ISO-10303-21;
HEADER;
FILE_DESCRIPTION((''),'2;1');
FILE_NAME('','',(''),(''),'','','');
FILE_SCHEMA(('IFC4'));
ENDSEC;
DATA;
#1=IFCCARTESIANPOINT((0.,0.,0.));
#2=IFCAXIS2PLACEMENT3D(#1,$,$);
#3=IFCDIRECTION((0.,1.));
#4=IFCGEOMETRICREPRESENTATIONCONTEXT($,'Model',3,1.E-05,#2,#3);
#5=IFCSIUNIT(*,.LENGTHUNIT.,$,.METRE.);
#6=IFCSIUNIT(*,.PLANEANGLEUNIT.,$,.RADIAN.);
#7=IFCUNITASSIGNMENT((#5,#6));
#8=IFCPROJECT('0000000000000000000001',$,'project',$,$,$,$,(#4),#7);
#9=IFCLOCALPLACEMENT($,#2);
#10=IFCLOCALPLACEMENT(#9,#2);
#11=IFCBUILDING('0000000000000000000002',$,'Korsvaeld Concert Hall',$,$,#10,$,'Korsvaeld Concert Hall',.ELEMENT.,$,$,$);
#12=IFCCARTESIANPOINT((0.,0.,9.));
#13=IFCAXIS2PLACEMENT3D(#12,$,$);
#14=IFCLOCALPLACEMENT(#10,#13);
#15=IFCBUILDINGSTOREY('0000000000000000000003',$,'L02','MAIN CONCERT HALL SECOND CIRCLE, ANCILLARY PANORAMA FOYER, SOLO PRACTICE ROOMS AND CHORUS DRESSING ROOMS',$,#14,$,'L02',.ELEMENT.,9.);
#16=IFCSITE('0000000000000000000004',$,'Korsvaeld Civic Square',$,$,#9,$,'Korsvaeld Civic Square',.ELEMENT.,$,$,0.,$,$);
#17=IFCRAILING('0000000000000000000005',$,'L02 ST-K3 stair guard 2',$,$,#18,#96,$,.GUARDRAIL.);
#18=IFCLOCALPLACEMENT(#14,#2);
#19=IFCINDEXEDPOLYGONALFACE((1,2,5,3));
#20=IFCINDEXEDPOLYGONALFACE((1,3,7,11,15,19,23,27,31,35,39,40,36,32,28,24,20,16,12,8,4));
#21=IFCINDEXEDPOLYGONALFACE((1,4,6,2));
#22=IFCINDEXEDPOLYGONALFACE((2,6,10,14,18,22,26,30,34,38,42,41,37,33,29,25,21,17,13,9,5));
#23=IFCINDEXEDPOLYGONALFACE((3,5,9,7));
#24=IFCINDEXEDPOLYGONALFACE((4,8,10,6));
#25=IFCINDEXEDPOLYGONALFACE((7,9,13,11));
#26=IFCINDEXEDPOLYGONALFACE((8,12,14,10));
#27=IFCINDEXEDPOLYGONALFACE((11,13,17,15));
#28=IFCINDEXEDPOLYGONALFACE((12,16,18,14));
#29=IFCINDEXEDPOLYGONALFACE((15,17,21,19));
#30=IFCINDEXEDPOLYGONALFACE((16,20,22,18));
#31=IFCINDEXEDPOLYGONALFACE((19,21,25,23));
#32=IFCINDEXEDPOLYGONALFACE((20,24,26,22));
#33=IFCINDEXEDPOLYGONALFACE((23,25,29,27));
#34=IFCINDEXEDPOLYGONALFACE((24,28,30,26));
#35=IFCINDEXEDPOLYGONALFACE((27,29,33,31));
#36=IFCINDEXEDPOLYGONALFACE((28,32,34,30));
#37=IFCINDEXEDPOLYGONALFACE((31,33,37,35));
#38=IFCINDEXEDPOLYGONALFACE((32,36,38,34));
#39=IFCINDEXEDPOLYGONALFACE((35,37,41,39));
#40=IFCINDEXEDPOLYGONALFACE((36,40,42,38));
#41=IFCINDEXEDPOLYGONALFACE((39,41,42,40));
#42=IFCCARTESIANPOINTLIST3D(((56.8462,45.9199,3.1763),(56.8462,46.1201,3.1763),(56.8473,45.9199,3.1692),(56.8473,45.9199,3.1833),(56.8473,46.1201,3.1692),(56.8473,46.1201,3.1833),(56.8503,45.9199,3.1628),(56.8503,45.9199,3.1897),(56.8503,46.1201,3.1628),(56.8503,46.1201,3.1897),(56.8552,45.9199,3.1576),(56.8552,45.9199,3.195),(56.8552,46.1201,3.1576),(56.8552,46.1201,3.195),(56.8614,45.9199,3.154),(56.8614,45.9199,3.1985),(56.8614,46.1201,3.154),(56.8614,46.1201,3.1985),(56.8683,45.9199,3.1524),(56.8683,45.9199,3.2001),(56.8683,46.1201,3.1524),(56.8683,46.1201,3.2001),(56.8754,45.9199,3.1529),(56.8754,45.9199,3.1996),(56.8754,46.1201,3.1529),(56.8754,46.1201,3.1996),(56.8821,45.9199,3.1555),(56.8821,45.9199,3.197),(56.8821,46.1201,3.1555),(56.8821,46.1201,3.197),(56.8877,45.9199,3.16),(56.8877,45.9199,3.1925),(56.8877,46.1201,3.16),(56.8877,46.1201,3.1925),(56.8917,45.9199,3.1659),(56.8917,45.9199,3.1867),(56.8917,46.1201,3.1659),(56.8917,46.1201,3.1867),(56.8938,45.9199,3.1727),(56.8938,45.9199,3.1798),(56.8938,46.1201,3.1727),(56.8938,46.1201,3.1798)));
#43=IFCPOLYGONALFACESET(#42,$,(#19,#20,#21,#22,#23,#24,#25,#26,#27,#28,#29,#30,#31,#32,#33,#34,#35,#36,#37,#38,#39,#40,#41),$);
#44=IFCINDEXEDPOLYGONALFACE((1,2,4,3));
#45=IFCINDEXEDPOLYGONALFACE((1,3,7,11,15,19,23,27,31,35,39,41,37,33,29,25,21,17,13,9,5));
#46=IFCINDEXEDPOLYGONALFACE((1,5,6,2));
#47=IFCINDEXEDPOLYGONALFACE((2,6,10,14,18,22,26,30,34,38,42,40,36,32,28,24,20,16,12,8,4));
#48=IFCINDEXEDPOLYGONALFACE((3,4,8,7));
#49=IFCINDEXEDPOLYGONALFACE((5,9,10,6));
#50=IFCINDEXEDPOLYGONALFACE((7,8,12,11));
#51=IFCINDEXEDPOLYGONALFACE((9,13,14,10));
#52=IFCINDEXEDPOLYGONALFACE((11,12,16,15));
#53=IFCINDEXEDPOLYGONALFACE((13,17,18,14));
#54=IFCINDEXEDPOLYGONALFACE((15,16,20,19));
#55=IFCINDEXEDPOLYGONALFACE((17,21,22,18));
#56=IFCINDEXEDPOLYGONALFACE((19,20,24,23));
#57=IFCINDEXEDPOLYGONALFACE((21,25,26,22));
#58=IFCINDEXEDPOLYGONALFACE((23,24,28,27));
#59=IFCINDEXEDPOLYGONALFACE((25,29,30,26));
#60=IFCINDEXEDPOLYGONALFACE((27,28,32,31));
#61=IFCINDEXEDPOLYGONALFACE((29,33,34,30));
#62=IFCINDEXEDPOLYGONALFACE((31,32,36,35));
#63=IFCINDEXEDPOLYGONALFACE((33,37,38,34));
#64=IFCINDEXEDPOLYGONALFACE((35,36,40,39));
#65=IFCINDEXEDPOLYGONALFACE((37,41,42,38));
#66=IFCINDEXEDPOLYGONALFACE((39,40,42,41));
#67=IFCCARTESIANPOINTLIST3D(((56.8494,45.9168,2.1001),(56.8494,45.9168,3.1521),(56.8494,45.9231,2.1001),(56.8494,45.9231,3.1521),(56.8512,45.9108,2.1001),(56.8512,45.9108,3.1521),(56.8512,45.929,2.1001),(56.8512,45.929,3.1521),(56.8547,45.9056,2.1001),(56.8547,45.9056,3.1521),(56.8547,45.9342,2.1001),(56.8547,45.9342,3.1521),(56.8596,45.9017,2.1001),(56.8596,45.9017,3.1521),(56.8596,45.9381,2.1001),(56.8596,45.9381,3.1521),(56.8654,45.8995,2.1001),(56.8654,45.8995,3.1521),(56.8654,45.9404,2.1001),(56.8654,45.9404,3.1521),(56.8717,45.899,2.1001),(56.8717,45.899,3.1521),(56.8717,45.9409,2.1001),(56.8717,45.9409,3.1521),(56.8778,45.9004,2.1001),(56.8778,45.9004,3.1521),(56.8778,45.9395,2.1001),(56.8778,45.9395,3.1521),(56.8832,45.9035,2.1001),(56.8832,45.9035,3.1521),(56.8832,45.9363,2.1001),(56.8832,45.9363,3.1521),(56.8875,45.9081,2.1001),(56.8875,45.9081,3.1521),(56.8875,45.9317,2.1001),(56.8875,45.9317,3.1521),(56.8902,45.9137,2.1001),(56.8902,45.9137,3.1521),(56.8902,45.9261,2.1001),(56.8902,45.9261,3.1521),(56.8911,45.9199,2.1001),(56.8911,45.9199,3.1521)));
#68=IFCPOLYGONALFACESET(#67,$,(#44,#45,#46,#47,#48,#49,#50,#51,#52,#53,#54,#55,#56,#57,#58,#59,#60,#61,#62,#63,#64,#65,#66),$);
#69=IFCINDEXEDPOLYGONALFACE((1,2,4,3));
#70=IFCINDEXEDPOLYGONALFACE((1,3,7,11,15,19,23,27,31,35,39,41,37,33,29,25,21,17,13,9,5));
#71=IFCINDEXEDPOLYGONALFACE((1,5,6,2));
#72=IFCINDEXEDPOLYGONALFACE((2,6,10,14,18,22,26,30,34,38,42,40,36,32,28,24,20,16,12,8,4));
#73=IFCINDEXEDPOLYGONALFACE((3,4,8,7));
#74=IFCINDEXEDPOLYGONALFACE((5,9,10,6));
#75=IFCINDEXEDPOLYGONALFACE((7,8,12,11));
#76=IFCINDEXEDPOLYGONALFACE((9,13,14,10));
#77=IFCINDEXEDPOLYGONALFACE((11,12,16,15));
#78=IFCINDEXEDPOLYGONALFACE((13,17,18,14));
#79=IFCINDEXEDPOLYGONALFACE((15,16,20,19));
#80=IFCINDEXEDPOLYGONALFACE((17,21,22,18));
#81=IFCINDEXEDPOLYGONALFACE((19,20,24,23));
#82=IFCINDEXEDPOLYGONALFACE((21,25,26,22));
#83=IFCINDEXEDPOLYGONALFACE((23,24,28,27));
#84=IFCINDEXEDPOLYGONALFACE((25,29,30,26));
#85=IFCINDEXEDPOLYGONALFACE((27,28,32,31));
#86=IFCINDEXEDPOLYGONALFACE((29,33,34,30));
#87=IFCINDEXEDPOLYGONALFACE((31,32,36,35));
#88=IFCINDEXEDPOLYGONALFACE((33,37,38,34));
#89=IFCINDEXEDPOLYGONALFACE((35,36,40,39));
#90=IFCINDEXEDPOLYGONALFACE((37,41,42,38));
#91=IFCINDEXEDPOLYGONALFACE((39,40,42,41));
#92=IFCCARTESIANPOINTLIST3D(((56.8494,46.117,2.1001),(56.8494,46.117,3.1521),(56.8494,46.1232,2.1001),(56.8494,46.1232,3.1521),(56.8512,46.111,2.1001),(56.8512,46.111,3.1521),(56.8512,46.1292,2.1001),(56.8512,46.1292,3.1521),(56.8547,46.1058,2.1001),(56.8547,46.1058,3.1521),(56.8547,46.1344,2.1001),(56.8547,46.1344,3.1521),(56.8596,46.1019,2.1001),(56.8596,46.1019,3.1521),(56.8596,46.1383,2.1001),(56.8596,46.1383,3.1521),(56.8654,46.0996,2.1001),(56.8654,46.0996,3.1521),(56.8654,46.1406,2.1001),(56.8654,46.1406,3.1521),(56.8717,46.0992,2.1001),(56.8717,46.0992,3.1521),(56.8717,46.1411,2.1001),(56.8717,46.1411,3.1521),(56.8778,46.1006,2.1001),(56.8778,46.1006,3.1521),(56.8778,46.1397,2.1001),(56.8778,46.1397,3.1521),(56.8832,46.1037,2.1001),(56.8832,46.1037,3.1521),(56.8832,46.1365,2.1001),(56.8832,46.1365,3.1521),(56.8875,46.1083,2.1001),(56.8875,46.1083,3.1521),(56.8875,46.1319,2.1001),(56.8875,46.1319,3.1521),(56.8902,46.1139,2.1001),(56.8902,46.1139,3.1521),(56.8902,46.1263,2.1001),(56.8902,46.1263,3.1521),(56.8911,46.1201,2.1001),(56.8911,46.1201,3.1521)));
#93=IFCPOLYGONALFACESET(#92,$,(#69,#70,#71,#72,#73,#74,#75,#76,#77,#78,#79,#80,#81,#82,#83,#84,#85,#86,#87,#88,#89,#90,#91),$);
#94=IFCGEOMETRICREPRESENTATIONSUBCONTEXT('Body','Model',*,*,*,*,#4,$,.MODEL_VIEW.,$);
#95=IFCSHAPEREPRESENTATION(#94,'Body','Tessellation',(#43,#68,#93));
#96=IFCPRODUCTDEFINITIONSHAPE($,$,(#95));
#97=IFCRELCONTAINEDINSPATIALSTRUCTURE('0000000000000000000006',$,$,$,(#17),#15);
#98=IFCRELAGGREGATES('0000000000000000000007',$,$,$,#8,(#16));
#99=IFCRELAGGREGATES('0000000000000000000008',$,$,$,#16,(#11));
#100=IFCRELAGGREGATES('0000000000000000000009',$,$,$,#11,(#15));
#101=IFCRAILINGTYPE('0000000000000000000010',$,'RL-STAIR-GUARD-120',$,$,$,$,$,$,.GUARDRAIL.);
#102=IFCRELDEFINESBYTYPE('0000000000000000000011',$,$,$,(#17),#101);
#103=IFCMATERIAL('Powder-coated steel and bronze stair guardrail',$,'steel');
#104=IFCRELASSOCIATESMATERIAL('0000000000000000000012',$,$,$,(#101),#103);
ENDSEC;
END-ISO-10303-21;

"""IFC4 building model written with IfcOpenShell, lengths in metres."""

from ifc_helpers import new_model, si_unit, direction, frame, origin, origin_2d, place, context, subcontext, project, spatial, circle, extrude, material, type_object, element, save


model = new_model("IFC4")

# Units and contexts
model_context = context("Model", 3, precision=1e-05, world=origin(), true_north=direction((0.0, 1.0)))
body_context = subcontext(model_context, "Body", "Model", "MODEL_VIEW")
ifc_project = project(units=[si_unit("LENGTHUNIT", "METRE"), si_unit("PLANEANGLEUNIT", "RADIAN")], contexts=[model_context])

# Site, building, storey
site_placement = place(None, origin())
site = spatial("IfcSite", under=ifc_project, at=site_placement, Name="Korsvaeld Civic Square", LongName="Korsvaeld Civic Square", CompositionType="ELEMENT", RefElevation=0.0)
building_placement = place(site_placement, origin())
building = spatial("IfcBuilding", under=site, at=building_placement, Name="Korsvaeld Concert Hall", LongName="Korsvaeld Concert Hall", CompositionType="ELEMENT")
storey_placement = place(building_placement, frame((0.0, 0.0, 9.0)))
storey = spatial("IfcBuildingStorey", under=building, at=storey_placement, Name="L02", Description="MAIN CONCERT HALL SECOND CIRCLE, ANCILLARY PANORAMA FOYER, SOLO PRACTICE ROOMS AND CHORUS DRESSING ROOMS", LongName="L02", CompositionType="ELEMENT", Elevation=9.0)

# Railing
ifc_material_1 = material(Name="Powder-coated steel and bronze stair guardrail", Category="steel")
railing_type_1 = type_object("IfcRailingType", Name="RL-STAIR-GUARD-120", PredefinedType="GUARDRAIL", material=ifc_material_1)
railing_1_placement = place(storey_placement, frame((56.8701, 45.9199, 2.1001)))
element("IfcRailing", 1, at=railing_1_placement, inside=storey, type_object=railing_type_1, Name="L02 ST-K3 stair guard 2", PredefinedType="GUARDRAIL", context=body_context, shape_type="SweptSolid", body=[
    extrude(circle(Radius=0.0239, at=origin_2d()), frame((0.0, 0.0, 1.0762), z_axis=(0.0, 1.0, 0.0), x_axis=(-1.0, 0.0, 0.0)), (0.0, 0.0, 1.0), 0.2002),
    extrude(circle(Radius=0.021, at=origin_2d()), origin(), (0.0, 0.0, 1.0), 1.052),
    extrude(circle(Radius=0.021, at=origin_2d()), frame((0.0, 0.2002, 0.0)), (0.0, 0.0, 1.0), 1.052),
])

save(model, "model.ifc")
